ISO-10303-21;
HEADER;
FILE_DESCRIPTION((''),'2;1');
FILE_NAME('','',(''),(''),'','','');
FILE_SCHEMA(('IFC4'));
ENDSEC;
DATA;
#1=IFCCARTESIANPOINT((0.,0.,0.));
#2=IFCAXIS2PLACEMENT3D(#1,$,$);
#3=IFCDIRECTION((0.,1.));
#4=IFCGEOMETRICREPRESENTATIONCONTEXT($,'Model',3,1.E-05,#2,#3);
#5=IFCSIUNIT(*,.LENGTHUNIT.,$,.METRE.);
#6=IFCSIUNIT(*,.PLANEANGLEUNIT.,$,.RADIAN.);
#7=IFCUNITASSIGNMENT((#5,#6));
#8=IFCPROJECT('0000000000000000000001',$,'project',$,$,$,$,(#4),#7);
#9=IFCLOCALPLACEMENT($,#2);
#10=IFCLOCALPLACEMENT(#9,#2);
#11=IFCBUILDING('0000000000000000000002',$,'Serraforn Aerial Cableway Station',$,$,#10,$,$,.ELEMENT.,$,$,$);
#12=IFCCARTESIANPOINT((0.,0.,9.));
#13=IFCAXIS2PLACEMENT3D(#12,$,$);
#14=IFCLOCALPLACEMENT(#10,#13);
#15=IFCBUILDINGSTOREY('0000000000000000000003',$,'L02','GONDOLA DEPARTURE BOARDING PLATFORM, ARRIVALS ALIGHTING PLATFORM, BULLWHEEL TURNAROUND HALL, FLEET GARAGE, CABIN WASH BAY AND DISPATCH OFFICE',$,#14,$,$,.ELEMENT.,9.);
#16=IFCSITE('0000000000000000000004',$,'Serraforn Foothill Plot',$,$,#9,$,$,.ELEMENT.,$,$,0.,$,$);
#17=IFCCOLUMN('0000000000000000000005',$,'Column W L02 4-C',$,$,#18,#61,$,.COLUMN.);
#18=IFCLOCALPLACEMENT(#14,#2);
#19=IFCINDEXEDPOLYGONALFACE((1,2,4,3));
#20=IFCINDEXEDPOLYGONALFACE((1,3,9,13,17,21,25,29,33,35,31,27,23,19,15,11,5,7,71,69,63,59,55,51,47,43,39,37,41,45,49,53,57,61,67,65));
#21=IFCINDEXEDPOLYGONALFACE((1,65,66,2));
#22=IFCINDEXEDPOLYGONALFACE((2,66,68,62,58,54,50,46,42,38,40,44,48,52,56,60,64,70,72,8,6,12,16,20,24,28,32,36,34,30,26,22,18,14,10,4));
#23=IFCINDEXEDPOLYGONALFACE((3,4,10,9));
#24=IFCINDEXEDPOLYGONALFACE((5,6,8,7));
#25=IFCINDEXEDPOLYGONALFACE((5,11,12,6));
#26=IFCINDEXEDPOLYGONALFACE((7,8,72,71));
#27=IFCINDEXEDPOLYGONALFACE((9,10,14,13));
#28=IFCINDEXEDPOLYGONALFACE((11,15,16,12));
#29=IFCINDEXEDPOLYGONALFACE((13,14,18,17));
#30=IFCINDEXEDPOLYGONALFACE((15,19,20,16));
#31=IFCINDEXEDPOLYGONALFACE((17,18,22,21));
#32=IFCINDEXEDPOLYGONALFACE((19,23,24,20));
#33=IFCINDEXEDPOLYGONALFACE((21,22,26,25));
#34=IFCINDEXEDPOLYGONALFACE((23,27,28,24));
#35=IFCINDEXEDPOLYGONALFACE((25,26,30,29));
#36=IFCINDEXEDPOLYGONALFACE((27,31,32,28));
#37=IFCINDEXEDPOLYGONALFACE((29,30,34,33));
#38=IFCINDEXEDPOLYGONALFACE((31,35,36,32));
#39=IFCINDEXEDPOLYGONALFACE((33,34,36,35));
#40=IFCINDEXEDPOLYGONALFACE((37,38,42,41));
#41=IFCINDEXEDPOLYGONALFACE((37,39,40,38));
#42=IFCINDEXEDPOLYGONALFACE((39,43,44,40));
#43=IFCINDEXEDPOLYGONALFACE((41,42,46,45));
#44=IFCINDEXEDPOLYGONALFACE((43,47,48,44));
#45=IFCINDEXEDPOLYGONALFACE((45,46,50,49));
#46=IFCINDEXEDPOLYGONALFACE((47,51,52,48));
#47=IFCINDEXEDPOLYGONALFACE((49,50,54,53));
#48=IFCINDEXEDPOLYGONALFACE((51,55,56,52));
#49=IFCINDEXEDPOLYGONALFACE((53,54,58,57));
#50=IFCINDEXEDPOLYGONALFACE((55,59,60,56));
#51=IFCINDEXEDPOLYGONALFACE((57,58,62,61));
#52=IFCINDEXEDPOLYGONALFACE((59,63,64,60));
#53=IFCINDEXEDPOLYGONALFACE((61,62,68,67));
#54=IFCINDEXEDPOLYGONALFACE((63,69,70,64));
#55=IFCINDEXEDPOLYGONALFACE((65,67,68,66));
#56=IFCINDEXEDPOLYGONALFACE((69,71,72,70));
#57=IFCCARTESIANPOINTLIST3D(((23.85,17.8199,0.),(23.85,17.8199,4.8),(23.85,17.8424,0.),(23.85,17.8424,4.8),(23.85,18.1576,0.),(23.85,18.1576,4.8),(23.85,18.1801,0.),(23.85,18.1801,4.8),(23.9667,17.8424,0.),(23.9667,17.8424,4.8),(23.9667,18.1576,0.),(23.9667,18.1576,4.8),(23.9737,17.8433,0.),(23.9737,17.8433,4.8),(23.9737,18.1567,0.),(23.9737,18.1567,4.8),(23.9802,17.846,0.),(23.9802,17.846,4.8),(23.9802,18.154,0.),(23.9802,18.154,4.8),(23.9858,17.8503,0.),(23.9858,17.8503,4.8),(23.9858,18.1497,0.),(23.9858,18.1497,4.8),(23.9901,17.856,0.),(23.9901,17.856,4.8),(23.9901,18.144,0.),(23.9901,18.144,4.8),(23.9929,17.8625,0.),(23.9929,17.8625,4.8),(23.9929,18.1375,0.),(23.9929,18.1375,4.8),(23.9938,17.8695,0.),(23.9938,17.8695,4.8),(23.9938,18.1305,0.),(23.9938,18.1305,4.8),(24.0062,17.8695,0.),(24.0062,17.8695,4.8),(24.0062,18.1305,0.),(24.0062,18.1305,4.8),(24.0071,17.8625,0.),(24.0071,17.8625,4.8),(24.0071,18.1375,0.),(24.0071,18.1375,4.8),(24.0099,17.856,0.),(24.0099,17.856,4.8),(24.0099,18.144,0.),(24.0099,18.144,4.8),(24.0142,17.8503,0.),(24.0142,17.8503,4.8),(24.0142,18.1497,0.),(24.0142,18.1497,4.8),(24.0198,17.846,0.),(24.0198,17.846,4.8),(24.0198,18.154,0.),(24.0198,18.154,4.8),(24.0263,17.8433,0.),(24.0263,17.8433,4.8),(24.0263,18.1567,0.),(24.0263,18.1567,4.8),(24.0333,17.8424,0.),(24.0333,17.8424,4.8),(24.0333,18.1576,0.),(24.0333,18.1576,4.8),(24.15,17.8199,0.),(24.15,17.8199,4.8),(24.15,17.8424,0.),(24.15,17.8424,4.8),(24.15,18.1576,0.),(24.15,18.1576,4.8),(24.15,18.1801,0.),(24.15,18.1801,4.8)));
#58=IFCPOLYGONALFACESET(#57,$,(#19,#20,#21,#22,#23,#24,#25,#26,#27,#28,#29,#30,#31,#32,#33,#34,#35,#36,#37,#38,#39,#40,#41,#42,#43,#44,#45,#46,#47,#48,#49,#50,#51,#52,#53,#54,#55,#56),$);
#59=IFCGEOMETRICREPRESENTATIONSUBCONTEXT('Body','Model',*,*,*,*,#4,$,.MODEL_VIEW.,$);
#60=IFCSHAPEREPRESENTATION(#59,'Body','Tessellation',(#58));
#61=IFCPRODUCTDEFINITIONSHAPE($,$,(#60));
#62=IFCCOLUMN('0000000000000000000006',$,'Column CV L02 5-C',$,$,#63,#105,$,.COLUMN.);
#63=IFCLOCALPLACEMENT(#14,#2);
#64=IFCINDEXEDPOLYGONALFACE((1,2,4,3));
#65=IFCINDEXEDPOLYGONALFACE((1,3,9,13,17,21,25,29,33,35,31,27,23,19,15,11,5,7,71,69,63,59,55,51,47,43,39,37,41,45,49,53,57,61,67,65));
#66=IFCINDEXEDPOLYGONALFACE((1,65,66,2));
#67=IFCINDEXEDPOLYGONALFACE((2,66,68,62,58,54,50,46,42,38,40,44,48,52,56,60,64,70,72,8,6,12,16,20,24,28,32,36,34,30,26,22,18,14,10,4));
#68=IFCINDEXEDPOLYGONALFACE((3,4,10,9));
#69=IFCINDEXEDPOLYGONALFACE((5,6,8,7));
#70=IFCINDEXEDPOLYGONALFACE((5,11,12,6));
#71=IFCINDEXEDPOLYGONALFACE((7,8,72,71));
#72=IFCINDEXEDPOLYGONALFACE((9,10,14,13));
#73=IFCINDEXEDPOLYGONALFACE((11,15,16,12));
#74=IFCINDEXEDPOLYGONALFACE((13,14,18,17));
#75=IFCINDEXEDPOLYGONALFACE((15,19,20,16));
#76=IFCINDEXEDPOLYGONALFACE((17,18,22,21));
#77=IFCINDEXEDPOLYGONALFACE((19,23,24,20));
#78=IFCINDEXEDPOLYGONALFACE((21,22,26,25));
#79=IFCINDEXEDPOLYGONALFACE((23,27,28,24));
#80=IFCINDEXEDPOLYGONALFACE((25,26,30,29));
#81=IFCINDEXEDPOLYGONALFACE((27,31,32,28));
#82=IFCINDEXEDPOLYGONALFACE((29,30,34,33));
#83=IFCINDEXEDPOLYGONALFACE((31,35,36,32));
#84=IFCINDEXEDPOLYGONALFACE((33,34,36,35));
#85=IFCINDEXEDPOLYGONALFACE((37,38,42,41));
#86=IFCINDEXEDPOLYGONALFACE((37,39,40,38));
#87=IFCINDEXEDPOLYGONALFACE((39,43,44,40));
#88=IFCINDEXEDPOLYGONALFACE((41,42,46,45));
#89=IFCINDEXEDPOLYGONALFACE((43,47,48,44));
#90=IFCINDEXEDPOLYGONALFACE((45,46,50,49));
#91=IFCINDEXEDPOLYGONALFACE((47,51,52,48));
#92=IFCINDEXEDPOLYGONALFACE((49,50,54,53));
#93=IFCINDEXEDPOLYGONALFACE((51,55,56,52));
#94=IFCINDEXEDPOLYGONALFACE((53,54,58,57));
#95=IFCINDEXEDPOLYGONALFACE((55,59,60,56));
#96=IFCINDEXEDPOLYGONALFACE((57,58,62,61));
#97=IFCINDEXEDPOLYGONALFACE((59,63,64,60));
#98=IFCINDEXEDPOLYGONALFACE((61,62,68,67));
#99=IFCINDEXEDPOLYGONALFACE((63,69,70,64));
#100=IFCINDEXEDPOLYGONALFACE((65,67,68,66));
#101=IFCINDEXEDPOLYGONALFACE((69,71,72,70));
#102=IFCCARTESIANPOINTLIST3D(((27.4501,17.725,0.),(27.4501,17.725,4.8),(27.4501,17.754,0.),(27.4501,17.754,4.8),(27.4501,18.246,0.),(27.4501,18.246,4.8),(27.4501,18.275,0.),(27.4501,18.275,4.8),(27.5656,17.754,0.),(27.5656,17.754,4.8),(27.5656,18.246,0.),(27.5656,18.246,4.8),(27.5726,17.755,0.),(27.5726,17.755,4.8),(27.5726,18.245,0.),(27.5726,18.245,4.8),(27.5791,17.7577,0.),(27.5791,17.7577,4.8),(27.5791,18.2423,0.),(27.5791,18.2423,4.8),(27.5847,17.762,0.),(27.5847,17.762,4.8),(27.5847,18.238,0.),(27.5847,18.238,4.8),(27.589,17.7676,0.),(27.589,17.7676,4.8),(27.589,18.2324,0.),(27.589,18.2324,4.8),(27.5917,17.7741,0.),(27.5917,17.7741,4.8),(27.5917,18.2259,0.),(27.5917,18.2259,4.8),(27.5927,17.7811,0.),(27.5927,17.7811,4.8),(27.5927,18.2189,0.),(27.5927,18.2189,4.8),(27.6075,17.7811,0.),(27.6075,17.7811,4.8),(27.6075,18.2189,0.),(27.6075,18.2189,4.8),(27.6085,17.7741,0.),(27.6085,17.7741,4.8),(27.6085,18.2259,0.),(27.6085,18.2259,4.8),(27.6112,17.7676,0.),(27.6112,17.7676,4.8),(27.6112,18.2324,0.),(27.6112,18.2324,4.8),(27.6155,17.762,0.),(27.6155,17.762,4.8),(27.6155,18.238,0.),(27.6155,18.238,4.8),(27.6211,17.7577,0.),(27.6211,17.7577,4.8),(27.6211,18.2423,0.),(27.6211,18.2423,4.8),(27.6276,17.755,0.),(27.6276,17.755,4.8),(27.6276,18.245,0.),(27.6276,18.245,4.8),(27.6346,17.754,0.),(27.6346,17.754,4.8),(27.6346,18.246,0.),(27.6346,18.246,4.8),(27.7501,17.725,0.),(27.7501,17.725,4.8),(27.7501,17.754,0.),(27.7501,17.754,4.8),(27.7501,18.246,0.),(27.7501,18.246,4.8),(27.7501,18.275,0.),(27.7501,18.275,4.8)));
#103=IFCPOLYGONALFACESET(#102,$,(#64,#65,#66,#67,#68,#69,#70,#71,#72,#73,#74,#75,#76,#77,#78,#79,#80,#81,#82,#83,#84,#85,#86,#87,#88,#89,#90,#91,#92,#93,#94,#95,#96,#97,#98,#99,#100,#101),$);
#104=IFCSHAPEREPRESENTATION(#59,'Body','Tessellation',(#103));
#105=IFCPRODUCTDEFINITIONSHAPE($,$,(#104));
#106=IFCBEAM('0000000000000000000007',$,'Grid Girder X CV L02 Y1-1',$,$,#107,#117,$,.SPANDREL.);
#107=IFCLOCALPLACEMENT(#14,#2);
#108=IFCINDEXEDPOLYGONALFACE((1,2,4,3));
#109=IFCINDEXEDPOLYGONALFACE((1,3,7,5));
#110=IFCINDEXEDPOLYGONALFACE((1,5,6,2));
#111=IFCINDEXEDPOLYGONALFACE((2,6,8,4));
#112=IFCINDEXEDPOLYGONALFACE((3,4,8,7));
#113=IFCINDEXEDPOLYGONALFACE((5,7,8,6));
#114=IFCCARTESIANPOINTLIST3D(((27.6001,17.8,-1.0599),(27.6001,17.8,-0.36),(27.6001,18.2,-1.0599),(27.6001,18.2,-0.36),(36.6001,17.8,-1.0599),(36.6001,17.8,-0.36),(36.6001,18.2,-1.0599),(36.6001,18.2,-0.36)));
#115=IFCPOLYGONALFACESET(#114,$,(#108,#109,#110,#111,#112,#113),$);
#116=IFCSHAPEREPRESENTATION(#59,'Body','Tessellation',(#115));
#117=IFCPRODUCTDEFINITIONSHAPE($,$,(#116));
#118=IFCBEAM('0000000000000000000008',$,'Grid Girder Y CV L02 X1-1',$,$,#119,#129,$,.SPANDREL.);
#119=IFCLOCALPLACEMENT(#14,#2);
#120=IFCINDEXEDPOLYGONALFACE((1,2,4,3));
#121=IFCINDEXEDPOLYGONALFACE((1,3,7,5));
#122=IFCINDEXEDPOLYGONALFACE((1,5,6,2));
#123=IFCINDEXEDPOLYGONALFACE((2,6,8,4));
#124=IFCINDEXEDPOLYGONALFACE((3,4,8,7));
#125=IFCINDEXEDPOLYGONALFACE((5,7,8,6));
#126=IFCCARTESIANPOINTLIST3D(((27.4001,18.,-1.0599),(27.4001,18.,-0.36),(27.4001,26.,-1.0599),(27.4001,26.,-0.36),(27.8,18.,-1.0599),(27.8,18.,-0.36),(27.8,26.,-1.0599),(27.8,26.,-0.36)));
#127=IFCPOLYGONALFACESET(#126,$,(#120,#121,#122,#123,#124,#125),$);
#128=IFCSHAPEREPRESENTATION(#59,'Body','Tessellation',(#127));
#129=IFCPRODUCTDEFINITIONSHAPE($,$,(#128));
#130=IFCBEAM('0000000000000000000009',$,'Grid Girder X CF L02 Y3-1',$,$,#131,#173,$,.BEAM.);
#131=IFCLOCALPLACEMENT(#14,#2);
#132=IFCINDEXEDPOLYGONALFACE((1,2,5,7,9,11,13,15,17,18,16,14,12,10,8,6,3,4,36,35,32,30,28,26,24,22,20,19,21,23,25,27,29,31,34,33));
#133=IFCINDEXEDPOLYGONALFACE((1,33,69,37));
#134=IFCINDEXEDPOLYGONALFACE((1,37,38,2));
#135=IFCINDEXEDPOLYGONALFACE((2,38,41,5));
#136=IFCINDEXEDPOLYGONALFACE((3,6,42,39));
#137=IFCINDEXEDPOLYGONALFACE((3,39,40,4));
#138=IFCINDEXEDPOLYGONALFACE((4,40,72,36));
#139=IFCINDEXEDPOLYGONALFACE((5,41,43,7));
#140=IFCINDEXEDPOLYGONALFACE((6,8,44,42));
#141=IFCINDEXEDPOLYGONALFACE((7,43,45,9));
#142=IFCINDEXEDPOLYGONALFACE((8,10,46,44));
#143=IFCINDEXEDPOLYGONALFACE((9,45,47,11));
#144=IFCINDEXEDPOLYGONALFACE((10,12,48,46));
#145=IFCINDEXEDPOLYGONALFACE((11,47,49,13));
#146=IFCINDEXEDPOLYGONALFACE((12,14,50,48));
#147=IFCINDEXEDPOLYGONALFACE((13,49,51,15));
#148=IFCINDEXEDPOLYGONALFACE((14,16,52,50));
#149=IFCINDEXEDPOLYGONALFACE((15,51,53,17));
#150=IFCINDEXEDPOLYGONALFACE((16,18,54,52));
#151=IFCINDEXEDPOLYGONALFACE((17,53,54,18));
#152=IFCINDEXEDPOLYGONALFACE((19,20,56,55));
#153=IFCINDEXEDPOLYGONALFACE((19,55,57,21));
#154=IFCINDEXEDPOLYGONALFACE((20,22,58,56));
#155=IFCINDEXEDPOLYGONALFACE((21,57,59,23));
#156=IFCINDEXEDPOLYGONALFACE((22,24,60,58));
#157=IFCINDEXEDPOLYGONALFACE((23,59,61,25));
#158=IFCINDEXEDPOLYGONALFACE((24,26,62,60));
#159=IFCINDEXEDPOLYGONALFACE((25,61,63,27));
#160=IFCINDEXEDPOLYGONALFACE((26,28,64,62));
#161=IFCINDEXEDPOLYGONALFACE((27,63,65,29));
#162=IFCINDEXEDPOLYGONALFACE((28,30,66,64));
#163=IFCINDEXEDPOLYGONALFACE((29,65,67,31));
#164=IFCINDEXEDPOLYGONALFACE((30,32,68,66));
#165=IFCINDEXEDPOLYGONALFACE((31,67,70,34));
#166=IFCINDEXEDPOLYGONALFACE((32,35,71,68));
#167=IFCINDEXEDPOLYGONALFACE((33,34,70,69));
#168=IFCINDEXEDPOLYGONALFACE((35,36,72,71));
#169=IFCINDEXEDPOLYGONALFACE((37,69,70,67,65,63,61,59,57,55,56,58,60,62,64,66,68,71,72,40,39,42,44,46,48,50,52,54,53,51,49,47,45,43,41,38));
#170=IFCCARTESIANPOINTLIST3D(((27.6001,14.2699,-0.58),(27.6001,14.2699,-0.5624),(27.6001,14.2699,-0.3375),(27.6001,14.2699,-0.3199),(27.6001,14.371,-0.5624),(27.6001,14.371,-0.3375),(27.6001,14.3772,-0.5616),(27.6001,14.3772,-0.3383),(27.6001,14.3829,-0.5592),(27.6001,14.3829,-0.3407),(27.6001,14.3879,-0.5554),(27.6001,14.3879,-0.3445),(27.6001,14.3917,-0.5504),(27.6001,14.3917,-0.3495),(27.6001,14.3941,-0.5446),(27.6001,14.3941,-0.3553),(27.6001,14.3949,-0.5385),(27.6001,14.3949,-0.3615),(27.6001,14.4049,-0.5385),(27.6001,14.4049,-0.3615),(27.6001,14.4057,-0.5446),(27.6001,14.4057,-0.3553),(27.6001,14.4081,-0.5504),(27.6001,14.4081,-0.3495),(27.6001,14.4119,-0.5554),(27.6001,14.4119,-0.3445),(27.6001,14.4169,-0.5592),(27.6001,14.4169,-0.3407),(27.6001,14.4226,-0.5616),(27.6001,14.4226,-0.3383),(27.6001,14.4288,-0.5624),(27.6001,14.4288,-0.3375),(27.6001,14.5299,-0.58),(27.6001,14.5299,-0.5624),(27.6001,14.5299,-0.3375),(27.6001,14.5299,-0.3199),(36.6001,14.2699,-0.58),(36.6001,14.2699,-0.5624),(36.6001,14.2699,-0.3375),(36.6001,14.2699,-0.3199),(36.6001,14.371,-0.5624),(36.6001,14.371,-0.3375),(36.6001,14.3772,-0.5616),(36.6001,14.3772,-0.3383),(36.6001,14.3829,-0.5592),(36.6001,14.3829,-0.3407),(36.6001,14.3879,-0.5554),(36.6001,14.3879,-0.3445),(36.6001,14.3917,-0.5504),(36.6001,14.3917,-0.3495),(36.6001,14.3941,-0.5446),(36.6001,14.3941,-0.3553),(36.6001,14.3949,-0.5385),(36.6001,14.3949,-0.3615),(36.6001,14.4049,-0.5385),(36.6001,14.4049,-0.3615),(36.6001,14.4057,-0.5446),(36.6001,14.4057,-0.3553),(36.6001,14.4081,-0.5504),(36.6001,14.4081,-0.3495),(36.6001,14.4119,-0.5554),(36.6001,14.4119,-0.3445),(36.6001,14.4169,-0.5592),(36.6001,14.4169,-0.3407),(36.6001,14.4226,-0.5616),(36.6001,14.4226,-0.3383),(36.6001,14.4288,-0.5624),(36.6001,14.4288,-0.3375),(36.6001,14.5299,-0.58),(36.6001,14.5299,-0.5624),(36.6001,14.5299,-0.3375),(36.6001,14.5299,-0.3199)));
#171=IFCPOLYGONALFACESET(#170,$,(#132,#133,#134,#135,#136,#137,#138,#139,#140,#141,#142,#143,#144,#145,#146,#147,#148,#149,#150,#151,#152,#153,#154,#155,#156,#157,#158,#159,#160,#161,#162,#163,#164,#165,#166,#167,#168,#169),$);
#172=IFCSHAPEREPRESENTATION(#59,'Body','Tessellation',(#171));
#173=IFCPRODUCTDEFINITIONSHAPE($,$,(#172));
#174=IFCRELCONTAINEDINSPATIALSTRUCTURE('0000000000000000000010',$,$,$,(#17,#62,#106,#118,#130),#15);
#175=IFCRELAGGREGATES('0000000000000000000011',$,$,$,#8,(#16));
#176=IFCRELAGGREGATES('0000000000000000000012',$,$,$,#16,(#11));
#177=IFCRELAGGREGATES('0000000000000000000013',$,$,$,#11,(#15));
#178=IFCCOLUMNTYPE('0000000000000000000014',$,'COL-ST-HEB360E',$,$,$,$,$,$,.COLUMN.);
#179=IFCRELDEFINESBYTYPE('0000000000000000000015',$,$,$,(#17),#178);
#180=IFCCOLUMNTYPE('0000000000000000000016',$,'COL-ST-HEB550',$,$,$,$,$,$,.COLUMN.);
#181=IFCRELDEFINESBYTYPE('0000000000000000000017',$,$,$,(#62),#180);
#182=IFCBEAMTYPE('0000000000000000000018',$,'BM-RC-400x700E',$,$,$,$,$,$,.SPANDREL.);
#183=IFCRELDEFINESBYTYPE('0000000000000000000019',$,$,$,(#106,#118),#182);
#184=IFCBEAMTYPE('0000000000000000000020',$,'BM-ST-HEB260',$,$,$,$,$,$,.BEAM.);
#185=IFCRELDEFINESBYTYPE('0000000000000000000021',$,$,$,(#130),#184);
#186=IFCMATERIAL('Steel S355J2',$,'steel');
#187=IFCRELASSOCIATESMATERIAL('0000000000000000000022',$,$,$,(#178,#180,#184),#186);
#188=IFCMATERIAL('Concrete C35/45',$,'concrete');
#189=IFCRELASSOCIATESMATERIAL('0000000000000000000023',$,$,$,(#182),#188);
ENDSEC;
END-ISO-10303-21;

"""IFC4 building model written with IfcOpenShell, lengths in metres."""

from ifc_helpers import new_model, si_unit, direction, frame, origin, origin_2d, place, context, subcontext, project, spatial, rectangle, i_section, extrude, material, material_profile, profile_set, type_object, element, save


model = new_model("IFC4")

# Units and contexts
model_context = context("Model", 3, precision=1e-05, world=origin(), true_north=direction((0.0, 1.0)))
body_context = subcontext(model_context, "Body", "Model", "MODEL_VIEW")
ifc_project = project(units=[si_unit("LENGTHUNIT", "METRE"), si_unit("PLANEANGLEUNIT", "RADIAN")], contexts=[model_context])

# Site, building, storey
site_placement = place(None, origin())
site = spatial("IfcSite", under=ifc_project, at=site_placement, Name="Serraforn Foothill Plot", CompositionType="ELEMENT", RefElevation=0.0)
building_placement = place(site_placement, origin())
building = spatial("IfcBuilding", under=site, at=building_placement, Name="Serraforn Aerial Cableway Station", CompositionType="ELEMENT")
storey_placement = place(building_placement, frame((0.0, 0.0, 9.0)))
storey = spatial("IfcBuildingStorey", under=building, at=storey_placement, Name="L02", Description="GONDOLA DEPARTURE BOARDING PLATFORM, ARRIVALS ALIGHTING PLATFORM, BULLWHEEL TURNAROUND HALL, FLEET GARAGE, CABIN WASH BAY AND DISPATCH OFFICE", CompositionType="ELEMENT", Elevation=9.0)

# Columns
ifc_material_1 = material(Name="Steel S355J2", Category="steel")
ifc_material_profile_1 = material_profile(ifc_material_1, i_section(OverallWidth=0.3, OverallDepth=0.3601, WebThickness=0.0125, FlangeThickness=0.0225, FilletRadius=0.0271, at=origin_2d()), Name="HEB 360")
ifc_profile_set_1 = profile_set([ifc_material_profile_1], Name="Steel S355J2")
column_type_1 = type_object("IfcColumnType", Name="COL-ST-HEB360E", PredefinedType="COLUMN", material=ifc_profile_set_1)
column_1_placement = place(storey_placement, frame((24.0, 18.0, 0.0), z_axis=(0.0, 0.0, 1.0), x_axis=(1.0, 0.0, 0.0)))
element("IfcColumn", 1, at=column_1_placement, inside=storey, type_object=column_type_1, Name="Column W L02 4-C", PredefinedType="COLUMN", context=body_context, shape_type="SweptSolid", body=[
    extrude(i_section(OverallWidth=0.3, OverallDepth=0.3601, WebThickness=0.0125, FlangeThickness=0.0225, FilletRadius=0.0271, at=origin_2d()), origin(), (0.0, 0.0, 1.0), 4.8),
])
ifc_material_profile_2 = material_profile(ifc_material_1, i_section(OverallWidth=0.3, OverallDepth=0.55, WebThickness=0.0149, FlangeThickness=0.0291, FilletRadius=0.0271, at=origin_2d()), Name="HEB 550")
ifc_profile_set_2 = profile_set([ifc_material_profile_2], Name="Steel S355J2")
column_type_2 = type_object("IfcColumnType", Name="COL-ST-HEB550", PredefinedType="COLUMN", material=ifc_profile_set_2)
column_2_placement = place(storey_placement, frame((27.6001, 18.0, 0.0), z_axis=(0.0, 0.0, 1.0), x_axis=(1.0, 0.0, 0.0)))
element("IfcColumn", 2, at=column_2_placement, inside=storey, type_object=column_type_2, Name="Column CV L02 5-C", PredefinedType="COLUMN", context=body_context, shape_type="SweptSolid", body=[
    extrude(i_section(OverallWidth=0.3, OverallDepth=0.55, WebThickness=0.0149, FlangeThickness=0.0291, FilletRadius=0.0271, at=origin_2d()), origin(), (0.0, 0.0, 1.0), 4.8),
])

# Beams
ifc_material_2 = material(Name="Concrete C35/45", Category="concrete")
ifc_material_profile_3 = material_profile(ifc_material_2, rectangle(XDim=0.3999, YDim=0.7, at=origin_2d()), Name="RC 400x700")
ifc_profile_set_3 = profile_set([ifc_material_profile_3], Name="Concrete C35/45")
beam_type_1 = type_object("IfcBeamType", Name="BM-RC-400x700E", PredefinedType="SPANDREL", material=ifc_profile_set_3)
beam_1_placement = place(storey_placement, frame((27.6001, 18.0, -0.71), z_axis=(1.0, 0.0, 0.0), x_axis=(0.0, 1.0, 0.0)))
element("IfcBeam", 3, at=beam_1_placement, inside=storey, type_object=beam_type_1, Name="Grid Girder X CV L02 Y1-1", PredefinedType="SPANDREL", context=body_context, shape_type="SweptSolid", body=[
    extrude(rectangle(XDim=0.3999, YDim=0.7, at=origin_2d()), origin(), (0.0, 0.0, 1.0), 9.0),
])
beam_2_placement = place(storey_placement, frame((27.6001, 18.0, -0.71), z_axis=(0.0, 1.0, 0.0), x_axis=(-1.0, 0.0, 0.0)))
element("IfcBeam", 4, at=beam_2_placement, inside=storey, type_object=beam_type_1, Name="Grid Girder Y CV L02 X1-1", PredefinedType="SPANDREL", context=body_context, shape_type="SweptSolid", body=[
    extrude(rectangle(XDim=0.3999, YDim=0.7, at=origin_2d()), origin(), (0.0, 0.0, 1.0), 8.0),
])
ifc_material_profile_4 = material_profile(ifc_material_1, i_section(OverallWidth=0.26, OverallDepth=0.26, WebThickness=0.01, FlangeThickness=0.0176, FilletRadius=0.0239, at=origin_2d()), Name="HEB 260")
ifc_profile_set_4 = profile_set([ifc_material_profile_4], Name="Steel S355J2")
beam_type_2 = type_object("IfcBeamType", Name="BM-ST-HEB260", PredefinedType="BEAM", material=ifc_profile_set_4)
beam_3_placement = place(storey_placement, frame((27.6001, 14.3999, -0.45), z_axis=(1.0, 0.0, 0.0), x_axis=(0.0, 1.0, 0.0)))
element("IfcBeam", 5, at=beam_3_placement, inside=storey, type_object=beam_type_2, Name="Grid Girder X CF L02 Y3-1", PredefinedType="BEAM", context=body_context, shape_type="SweptSolid", body=[
    extrude(i_section(OverallWidth=0.26, OverallDepth=0.26, WebThickness=0.01, FlangeThickness=0.0176, FilletRadius=0.0239, at=origin_2d()), origin(), (0.0, 0.0, 1.0), 9.0),
])

save(model, "model.ifc")
